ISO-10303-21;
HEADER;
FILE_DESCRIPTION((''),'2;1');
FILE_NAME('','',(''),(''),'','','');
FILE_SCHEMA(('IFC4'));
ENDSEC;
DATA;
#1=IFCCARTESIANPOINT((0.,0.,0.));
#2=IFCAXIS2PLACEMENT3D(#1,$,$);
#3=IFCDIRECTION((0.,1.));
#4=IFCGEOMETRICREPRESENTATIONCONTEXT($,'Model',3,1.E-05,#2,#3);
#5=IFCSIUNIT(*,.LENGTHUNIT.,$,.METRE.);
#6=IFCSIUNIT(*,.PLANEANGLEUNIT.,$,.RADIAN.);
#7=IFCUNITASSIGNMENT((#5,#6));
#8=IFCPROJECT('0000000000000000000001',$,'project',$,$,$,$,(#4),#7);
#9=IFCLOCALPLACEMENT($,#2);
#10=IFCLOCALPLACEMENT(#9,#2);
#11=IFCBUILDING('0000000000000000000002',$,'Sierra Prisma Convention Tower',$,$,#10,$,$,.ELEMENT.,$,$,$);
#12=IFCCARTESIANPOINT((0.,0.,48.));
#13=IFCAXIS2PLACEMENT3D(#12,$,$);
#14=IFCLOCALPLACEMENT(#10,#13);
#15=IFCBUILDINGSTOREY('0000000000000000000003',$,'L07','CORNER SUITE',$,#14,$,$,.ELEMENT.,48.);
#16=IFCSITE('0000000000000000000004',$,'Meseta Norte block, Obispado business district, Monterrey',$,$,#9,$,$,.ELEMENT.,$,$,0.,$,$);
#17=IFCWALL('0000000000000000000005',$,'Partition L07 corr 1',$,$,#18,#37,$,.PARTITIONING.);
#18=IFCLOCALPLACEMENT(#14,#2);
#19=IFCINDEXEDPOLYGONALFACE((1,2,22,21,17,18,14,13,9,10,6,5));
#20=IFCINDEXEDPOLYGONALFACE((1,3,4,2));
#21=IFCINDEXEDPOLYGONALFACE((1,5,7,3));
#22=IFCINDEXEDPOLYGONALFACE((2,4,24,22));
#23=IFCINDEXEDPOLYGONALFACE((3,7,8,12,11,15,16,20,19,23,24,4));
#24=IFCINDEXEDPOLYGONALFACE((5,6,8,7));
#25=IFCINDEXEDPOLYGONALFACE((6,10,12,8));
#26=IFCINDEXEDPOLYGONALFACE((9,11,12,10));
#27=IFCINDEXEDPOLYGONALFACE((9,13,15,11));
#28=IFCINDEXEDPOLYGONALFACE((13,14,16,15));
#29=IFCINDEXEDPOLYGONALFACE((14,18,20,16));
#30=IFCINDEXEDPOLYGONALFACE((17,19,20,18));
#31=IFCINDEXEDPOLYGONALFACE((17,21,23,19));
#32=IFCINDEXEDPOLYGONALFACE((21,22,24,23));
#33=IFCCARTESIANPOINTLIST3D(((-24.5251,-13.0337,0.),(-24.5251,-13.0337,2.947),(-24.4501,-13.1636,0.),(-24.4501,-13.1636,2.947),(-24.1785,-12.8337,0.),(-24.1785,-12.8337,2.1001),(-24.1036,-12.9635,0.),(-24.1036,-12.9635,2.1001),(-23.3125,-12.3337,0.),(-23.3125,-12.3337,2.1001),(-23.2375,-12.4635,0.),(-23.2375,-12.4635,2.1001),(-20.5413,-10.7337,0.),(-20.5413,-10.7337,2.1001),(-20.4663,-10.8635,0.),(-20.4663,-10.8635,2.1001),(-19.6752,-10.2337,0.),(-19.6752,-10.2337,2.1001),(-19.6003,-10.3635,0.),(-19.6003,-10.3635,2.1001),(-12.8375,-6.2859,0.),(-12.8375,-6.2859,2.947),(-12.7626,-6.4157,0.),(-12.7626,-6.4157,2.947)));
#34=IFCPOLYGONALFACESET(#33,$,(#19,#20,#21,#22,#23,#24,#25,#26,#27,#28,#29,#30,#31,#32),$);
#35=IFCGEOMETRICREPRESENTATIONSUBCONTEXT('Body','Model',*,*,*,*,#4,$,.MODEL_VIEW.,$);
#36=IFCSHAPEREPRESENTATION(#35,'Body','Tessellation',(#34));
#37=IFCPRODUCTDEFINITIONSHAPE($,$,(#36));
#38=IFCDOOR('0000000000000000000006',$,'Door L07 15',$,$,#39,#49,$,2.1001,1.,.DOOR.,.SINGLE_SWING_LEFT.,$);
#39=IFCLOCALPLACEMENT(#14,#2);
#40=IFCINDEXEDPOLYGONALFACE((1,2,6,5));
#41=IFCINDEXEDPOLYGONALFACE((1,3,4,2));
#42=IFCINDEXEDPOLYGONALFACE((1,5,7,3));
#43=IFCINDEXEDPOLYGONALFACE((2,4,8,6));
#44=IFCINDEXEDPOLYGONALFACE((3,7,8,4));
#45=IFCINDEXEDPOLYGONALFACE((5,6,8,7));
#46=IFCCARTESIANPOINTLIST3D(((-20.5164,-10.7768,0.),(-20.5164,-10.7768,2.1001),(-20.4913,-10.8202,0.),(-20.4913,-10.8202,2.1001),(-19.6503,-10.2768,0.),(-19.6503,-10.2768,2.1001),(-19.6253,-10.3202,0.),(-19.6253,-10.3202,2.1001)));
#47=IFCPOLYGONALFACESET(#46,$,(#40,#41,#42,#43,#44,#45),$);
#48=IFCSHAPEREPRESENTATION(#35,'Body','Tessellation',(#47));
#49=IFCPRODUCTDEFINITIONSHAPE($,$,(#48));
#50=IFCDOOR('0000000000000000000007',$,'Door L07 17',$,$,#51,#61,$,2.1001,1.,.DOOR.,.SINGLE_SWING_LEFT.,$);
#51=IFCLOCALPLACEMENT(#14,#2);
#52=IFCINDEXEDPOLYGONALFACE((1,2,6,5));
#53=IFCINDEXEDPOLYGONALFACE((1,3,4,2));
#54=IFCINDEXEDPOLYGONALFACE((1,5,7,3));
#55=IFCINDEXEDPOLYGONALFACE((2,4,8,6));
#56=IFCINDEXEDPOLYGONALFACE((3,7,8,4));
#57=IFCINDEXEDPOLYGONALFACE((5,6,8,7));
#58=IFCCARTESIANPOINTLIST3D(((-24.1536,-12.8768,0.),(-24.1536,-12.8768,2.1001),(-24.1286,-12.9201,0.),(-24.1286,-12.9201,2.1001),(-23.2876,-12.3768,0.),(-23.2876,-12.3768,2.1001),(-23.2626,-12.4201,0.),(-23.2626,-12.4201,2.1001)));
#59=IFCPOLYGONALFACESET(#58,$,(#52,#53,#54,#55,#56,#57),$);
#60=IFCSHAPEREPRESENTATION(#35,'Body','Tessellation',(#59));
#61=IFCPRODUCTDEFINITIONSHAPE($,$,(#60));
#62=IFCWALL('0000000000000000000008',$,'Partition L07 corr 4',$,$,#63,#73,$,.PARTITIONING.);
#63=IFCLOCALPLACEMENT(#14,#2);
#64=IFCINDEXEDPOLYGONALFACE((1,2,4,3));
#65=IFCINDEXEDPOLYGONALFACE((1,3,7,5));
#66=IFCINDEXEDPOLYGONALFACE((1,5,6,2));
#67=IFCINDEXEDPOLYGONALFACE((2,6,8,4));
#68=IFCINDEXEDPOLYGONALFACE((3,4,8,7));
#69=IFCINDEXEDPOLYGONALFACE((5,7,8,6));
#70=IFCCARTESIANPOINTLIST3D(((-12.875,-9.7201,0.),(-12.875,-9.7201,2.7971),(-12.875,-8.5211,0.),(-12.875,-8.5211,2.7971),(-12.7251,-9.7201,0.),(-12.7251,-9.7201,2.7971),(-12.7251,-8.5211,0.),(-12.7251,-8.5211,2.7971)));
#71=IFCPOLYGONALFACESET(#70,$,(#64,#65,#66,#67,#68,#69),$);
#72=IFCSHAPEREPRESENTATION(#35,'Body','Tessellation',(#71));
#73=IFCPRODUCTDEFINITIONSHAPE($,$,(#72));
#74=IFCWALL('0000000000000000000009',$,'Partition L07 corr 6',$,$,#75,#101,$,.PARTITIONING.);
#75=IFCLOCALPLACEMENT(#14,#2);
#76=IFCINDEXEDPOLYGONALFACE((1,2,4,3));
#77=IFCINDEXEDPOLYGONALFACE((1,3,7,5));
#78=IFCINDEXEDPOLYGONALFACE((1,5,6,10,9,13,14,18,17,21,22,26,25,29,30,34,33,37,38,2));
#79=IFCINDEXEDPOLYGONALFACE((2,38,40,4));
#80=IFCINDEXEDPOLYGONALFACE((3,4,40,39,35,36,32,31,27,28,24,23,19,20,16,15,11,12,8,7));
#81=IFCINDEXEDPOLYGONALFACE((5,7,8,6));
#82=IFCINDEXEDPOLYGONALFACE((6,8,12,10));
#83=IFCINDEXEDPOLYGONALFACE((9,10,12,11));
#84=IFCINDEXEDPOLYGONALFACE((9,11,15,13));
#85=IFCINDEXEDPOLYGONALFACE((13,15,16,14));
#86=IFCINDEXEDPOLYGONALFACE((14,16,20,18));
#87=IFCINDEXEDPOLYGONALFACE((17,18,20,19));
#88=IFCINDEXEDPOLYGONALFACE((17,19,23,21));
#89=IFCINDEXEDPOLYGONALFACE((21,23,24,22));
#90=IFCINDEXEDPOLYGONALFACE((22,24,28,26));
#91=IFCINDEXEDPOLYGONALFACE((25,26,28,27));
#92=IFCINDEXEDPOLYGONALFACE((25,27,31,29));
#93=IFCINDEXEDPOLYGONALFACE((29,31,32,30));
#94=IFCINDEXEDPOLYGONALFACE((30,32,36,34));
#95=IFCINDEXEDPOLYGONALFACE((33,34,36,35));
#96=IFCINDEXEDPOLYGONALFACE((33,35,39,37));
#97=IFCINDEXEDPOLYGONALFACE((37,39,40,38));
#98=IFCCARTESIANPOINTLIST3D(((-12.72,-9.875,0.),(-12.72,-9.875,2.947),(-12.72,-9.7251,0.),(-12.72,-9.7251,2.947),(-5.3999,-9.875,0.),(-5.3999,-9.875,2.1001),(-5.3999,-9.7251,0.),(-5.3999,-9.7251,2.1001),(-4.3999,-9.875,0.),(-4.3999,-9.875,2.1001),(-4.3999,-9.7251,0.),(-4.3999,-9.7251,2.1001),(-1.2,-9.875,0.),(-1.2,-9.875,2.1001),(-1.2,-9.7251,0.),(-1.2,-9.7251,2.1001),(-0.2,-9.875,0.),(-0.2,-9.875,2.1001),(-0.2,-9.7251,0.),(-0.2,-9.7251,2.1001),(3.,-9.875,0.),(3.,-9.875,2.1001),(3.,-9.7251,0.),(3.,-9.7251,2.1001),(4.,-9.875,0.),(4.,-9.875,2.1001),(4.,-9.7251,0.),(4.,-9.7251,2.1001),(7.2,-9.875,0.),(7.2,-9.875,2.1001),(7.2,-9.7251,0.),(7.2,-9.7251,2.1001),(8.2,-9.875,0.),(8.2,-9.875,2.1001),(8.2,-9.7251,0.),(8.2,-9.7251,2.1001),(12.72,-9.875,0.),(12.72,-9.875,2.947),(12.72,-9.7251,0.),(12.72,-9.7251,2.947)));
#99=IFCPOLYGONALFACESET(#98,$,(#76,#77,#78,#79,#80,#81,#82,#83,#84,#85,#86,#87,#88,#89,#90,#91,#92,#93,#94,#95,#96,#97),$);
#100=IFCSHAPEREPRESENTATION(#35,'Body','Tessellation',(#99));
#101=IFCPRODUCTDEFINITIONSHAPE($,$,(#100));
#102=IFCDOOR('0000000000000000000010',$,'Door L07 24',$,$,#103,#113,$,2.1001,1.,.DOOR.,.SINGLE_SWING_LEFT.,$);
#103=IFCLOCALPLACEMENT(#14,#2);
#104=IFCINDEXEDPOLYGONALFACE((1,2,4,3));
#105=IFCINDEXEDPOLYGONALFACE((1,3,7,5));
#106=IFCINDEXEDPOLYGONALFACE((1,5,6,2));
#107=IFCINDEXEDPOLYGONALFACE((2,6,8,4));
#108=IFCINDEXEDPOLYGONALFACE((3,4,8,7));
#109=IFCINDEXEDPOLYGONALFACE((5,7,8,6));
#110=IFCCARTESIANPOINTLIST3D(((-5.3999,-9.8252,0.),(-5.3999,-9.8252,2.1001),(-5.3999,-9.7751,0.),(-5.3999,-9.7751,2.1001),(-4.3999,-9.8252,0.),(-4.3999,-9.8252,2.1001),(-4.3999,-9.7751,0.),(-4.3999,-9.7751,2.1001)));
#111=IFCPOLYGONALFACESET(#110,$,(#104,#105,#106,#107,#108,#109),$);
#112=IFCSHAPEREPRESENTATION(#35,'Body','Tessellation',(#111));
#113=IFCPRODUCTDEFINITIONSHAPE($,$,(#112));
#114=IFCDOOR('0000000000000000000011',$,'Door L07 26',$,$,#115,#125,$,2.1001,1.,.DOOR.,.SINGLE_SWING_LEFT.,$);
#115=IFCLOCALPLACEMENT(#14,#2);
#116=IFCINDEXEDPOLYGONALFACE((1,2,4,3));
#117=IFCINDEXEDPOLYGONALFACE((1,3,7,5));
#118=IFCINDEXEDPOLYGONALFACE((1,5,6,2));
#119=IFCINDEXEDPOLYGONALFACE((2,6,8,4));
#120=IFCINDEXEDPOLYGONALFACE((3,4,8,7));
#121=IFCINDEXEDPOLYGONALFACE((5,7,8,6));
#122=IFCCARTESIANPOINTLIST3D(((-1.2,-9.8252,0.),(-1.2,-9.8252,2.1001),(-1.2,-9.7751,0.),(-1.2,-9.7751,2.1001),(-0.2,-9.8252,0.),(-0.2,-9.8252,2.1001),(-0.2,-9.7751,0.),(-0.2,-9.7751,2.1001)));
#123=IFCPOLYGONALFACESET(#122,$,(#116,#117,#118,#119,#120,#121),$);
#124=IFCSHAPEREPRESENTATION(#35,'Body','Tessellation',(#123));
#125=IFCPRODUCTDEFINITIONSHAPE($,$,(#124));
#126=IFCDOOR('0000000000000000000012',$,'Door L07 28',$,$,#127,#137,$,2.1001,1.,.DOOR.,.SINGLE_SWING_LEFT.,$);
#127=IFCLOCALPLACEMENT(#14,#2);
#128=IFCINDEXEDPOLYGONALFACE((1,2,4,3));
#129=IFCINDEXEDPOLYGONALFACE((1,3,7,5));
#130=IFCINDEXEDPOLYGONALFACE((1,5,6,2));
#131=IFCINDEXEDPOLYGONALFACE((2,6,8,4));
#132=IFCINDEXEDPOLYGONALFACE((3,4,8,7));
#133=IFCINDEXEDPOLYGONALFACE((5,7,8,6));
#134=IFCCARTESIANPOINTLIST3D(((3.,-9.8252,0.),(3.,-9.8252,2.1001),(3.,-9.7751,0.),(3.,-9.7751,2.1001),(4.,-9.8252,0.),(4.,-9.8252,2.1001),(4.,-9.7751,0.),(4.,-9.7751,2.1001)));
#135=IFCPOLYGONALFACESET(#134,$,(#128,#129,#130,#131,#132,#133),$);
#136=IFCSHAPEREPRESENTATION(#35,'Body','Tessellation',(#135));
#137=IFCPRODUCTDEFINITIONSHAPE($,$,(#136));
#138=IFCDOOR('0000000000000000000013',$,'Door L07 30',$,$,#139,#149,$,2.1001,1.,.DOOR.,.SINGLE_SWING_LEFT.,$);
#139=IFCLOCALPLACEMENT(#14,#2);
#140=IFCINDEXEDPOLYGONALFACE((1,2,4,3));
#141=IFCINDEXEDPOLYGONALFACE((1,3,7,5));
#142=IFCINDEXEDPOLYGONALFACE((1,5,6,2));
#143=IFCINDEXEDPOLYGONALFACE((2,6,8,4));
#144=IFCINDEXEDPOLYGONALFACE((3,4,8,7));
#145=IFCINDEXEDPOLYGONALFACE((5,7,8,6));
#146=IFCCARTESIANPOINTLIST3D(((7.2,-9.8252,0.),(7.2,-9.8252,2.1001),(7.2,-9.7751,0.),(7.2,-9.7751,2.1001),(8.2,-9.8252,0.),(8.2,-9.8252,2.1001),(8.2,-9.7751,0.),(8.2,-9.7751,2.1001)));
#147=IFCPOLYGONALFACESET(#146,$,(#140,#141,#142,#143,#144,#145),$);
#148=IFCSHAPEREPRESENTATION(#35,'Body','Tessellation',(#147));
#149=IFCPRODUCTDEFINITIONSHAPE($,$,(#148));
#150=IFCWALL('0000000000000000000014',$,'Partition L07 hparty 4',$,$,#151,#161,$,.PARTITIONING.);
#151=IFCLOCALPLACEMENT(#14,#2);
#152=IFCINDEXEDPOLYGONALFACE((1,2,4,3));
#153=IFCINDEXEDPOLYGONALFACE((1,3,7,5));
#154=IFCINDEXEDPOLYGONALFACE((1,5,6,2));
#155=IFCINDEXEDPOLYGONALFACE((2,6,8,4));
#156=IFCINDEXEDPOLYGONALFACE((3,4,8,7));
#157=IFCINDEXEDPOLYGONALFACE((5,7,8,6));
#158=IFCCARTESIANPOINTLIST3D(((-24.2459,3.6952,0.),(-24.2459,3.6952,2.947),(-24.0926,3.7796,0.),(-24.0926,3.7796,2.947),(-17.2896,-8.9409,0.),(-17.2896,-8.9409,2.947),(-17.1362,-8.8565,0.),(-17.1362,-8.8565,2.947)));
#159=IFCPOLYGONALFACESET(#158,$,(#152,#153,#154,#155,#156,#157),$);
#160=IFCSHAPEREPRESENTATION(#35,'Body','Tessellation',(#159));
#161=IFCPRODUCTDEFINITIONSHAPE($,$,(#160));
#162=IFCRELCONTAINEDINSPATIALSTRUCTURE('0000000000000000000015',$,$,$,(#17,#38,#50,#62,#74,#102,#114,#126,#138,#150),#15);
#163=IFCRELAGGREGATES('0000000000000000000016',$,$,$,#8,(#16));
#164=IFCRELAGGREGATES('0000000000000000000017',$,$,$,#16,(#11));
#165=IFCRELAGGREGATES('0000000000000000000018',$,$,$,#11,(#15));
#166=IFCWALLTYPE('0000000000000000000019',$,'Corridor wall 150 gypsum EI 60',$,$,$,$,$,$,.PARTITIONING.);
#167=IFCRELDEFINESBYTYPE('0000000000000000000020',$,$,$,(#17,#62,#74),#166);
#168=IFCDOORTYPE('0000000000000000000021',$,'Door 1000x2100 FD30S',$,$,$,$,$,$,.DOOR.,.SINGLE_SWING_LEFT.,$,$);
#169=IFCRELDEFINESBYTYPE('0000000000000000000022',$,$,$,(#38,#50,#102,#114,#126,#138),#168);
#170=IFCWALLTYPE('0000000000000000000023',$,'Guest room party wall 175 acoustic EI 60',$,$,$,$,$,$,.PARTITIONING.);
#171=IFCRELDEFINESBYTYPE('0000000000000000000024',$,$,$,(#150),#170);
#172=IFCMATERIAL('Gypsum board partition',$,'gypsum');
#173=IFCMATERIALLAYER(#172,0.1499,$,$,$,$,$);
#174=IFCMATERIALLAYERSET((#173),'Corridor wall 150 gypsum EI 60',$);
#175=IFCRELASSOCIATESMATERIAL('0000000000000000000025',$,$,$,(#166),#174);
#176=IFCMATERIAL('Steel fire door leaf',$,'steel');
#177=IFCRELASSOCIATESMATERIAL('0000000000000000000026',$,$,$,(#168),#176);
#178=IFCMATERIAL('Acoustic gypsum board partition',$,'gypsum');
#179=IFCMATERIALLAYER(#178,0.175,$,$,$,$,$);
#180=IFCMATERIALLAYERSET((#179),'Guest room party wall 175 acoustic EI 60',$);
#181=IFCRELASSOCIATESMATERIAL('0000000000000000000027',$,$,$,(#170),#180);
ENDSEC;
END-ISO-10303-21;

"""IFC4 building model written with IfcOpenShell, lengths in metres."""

from ifc_helpers import new_model, si_unit, direction, frame, frame_2d, origin, place, context, subcontext, project, spatial, rectangle, extrude, material, layer, layer_set, type_object, element, fill, save


model = new_model("IFC4")

# Units and contexts
model_context = context("Model", 3, precision=1e-05, world=origin(), true_north=direction((0.0, 1.0)))
body_context = subcontext(model_context, "Body", "Model", "MODEL_VIEW")
ifc_project = project(units=[si_unit("LENGTHUNIT", "METRE"), si_unit("PLANEANGLEUNIT", "RADIAN")], contexts=[model_context])

# Site, building, storey
site_placement = place(None, origin())
site = spatial("IfcSite", under=ifc_project, at=site_placement, Name="Meseta Norte block, Obispado business district, Monterrey", CompositionType="ELEMENT", RefElevation=0.0)
building_placement = place(site_placement, origin())
building = spatial("IfcBuilding", under=site, at=building_placement, Name="Sierra Prisma Convention Tower", CompositionType="ELEMENT")
storey_placement = place(building_placement, frame((0.0, 0.0, 48.0)))
storey = spatial("IfcBuildingStorey", under=building, at=storey_placement, Name="L07", Description="CORNER SUITE", CompositionType="ELEMENT", Elevation=48.0)

# Wall, openings, doors
ifc_material_1 = material(Name="Gypsum board partition", Category="gypsum")
ifc_layer_1 = layer(ifc_material_1, 0.1499)
ifc_layer_set_1 = layer_set([ifc_layer_1], Name="Corridor wall 150 gypsum EI 60")
wall_type_1 = type_object("IfcWallType", Name="Corridor wall 150 gypsum EI 60", PredefinedType="PARTITIONING", material=ifc_layer_set_1)
wall_1_placement = place(storey_placement, frame((-12.8, -6.3508, 0.0), z_axis=(0.0, 0.0, 1.0), x_axis=(-0.866025, -0.500001, 0.0)))
wall_1 = element("IfcWall", 1, at=wall_1_placement, inside=storey, type_object=wall_type_1, Name="Partition L07 corr 1", PredefinedType="PARTITIONING", context=body_context, shape_type="SweptSolid", body=[
    extrude(rectangle(XDim=13.4956, YDim=0.1499, at=frame_2d((6.7478, 0.0))), origin(), (0.0, 0.0, 1.0), 2.947),
])
opening_1_placement = place(wall_1_placement, frame((7.8955, 0.0, 0.0)))
opening_1 = element("IfcOpeningElement", 2, at=opening_1_placement, cuts=wall_1, PredefinedType="OPENING", context=body_context, shape_type="SweptSolid", body=[
    extrude(rectangle(XDim=1.0, YDim=2.1001, at=frame_2d((0.5, 1.05))), frame((0.0, 0.075, 0.0), z_axis=(0.0, -1.0, 0.0), x_axis=(1.0, 0.0, 0.0)), (0.0, 0.0, 1.0), 0.1499),
])
opening_2_placement = place(wall_1_placement, frame((12.0955, 0.0, 0.0)))
opening_2 = element("IfcOpeningElement", 3, at=opening_2_placement, cuts=wall_1, PredefinedType="OPENING", context=body_context, shape_type="SweptSolid", body=[
    extrude(rectangle(XDim=1.0, YDim=2.1001, at=frame_2d((0.5, 1.05))), frame((0.0, 0.075, 0.0), z_axis=(0.0, -1.0, 0.0), x_axis=(1.0, 0.0, 0.0)), (0.0, 0.0, 1.0), 0.1499),
])
ifc_material_2 = material(Name="Steel fire door leaf", Category="steel")
door_type_1 = type_object("IfcDoorType", Name="Door 1000x2100 FD30S", OperationType="SINGLE_SWING_LEFT", PredefinedType="DOOR", material=ifc_material_2)
door_1_placement = place(opening_1_placement, origin())
door_1 = element("IfcDoor", 4, at=door_1_placement, inside=storey, type_object=door_type_1, Name="Door L07 15", OperationType="SINGLE_SWING_LEFT", OverallHeight=2.1001, OverallWidth=1.0, PredefinedType="DOOR", context=body_context, shape_type="SweptSolid", body=[
    extrude(rectangle(XDim=1.0, YDim=2.1001, at=frame_2d((0.5, 1.05))), frame((0.0, 0.0249, 0.0), z_axis=(0.0, -1.0, 0.0), x_axis=(1.0, 0.0, 0.0)), (0.0, 0.0, 1.0), 0.05),
])
fill(opening_1, door_1)
door_2_placement = place(opening_2_placement, origin())
door_2 = element("IfcDoor", 5, at=door_2_placement, inside=storey, type_object=door_type_1, Name="Door L07 17", OperationType="SINGLE_SWING_LEFT", OverallHeight=2.1001, OverallWidth=1.0, PredefinedType="DOOR", context=body_context, shape_type="SweptSolid", body=[
    extrude(rectangle(XDim=1.0, YDim=2.1001, at=frame_2d((0.5, 1.05))), frame((0.0, 0.0249, 0.0), z_axis=(0.0, -1.0, 0.0), x_axis=(1.0, 0.0, 0.0)), (0.0, 0.0, 1.0), 0.05),
])
fill(opening_2, door_2)

# Wall
wall_2_placement = place(storey_placement, frame((-12.8, -8.521, 0.0), z_axis=(0.0, 0.0, 1.0), x_axis=(0.0, -1.0, 0.0)))
element("IfcWall", 6, at=wall_2_placement, inside=storey, type_object=wall_type_1, Name="Partition L07 corr 4", PredefinedType="PARTITIONING", context=body_context, shape_type="SweptSolid", body=[
    extrude(rectangle(XDim=1.199, YDim=0.1499, at=frame_2d((0.5996, 0.0))), origin(), (0.0, 0.0, 1.0), 2.7971),
])

# Wall, openings, doors
wall_3_placement = place(storey_placement, frame((-12.72, -9.8, 0.0), z_axis=(0.0, 0.0, 1.0), x_axis=(1.0, 0.0, 0.0)))
wall_3 = element("IfcWall", 7, at=wall_3_placement, inside=storey, type_object=wall_type_1, Name="Partition L07 corr 6", PredefinedType="PARTITIONING", context=body_context, shape_type="SweptSolid", body=[
    extrude(rectangle(XDim=25.4399, YDim=0.1499, at=frame_2d((12.72, 0.0))), origin(), (0.0, 0.0, 1.0), 2.947),
])
opening_3_placement = place(wall_3_placement, frame((7.3201, 0.0, 0.0)))
opening_3 = element("IfcOpeningElement", 8, at=opening_3_placement, cuts=wall_3, PredefinedType="OPENING", context=body_context, shape_type="SweptSolid", body=[
    extrude(rectangle(XDim=1.0, YDim=2.1001, at=frame_2d((0.5, 1.05))), frame((0.0, 0.075, 0.0), z_axis=(0.0, -1.0, 0.0), x_axis=(1.0, 0.0, 0.0)), (0.0, 0.0, 1.0), 0.1499),
])
opening_4_placement = place(wall_3_placement, frame((11.52, 0.0, 0.0)))
opening_4 = element("IfcOpeningElement", 9, at=opening_4_placement, cuts=wall_3, PredefinedType="OPENING", context=body_context, shape_type="SweptSolid", body=[
    extrude(rectangle(XDim=1.0, YDim=2.1001, at=frame_2d((0.5, 1.05))), frame((0.0, 0.075, 0.0), z_axis=(0.0, -1.0, 0.0), x_axis=(1.0, 0.0, 0.0)), (0.0, 0.0, 1.0), 0.1499),
])
opening_5_placement = place(wall_3_placement, frame((15.72, 0.0, 0.0)))
opening_5 = element("IfcOpeningElement", 10, at=opening_5_placement, cuts=wall_3, PredefinedType="OPENING", context=body_context, shape_type="SweptSolid", body=[
    extrude(rectangle(XDim=1.0, YDim=2.1001, at=frame_2d((0.5, 1.05))), frame((0.0, 0.075, 0.0), z_axis=(0.0, -1.0, 0.0), x_axis=(1.0, 0.0, 0.0)), (0.0, 0.0, 1.0), 0.1499),
])
opening_6_placement = place(wall_3_placement, frame((19.9199, 0.0, 0.0)))
opening_6 = element("IfcOpeningElement", 11, at=opening_6_placement, cuts=wall_3, PredefinedType="OPENING", context=body_context, shape_type="SweptSolid", body=[
    extrude(rectangle(XDim=1.0, YDim=2.1001, at=frame_2d((0.5, 1.05))), frame((0.0, 0.075, 0.0), z_axis=(0.0, -1.0, 0.0), x_axis=(1.0, 0.0, 0.0)), (0.0, 0.0, 1.0), 0.1499),
])
door_3_placement = place(opening_3_placement, origin())
door_3 = element("IfcDoor", 12, at=door_3_placement, inside=storey, type_object=door_type_1, Name="Door L07 24", OperationType="SINGLE_SWING_LEFT", OverallHeight=2.1001, OverallWidth=1.0, PredefinedType="DOOR", context=body_context, shape_type="SweptSolid", body=[
    extrude(rectangle(XDim=1.0, YDim=2.1001, at=frame_2d((0.5, 1.05))), frame((0.0, 0.0249, 0.0), z_axis=(0.0, -1.0, 0.0), x_axis=(1.0, 0.0, 0.0)), (0.0, 0.0, 1.0), 0.05),
])
fill(opening_3, door_3)
door_4_placement = place(opening_4_placement, origin())
door_4 = element("IfcDoor", 13, at=door_4_placement, inside=storey, type_object=door_type_1, Name="Door L07 26", OperationType="SINGLE_SWING_LEFT", OverallHeight=2.1001, OverallWidth=1.0, PredefinedType="DOOR", context=body_context, shape_type="SweptSolid", body=[
    extrude(rectangle(XDim=1.0, YDim=2.1001, at=frame_2d((0.5, 1.05))), frame((0.0, 0.0249, 0.0), z_axis=(0.0, -1.0, 0.0), x_axis=(1.0, 0.0, 0.0)), (0.0, 0.0, 1.0), 0.05),
])
fill(opening_4, door_4)
door_5_placement = place(opening_5_placement, origin())
door_5 = element("IfcDoor", 14, at=door_5_placement, inside=storey, type_object=door_type_1, Name="Door L07 28", OperationType="SINGLE_SWING_LEFT", OverallHeight=2.1001, OverallWidth=1.0, PredefinedType="DOOR", context=body_context, shape_type="SweptSolid", body=[
    extrude(rectangle(XDim=1.0, YDim=2.1001, at=frame_2d((0.5, 1.05))), frame((0.0, 0.0249, 0.0), z_axis=(0.0, -1.0, 0.0), x_axis=(1.0, 0.0, 0.0)), (0.0, 0.0, 1.0), 0.05),
])
fill(opening_5, door_5)
door_6_placement = place(opening_6_placement, origin())
door_6 = element("IfcDoor", 15, at=door_6_placement, inside=storey, type_object=door_type_1, Name="Door L07 30", OperationType="SINGLE_SWING_LEFT", OverallHeight=2.1001, OverallWidth=1.0, PredefinedType="DOOR", context=body_context, shape_type="SweptSolid", body=[
    extrude(rectangle(XDim=1.0, YDim=2.1001, at=frame_2d((0.5, 1.05))), frame((0.0, 0.0249, 0.0), z_axis=(0.0, -1.0, 0.0), x_axis=(1.0, 0.0, 0.0)), (0.0, 0.0, 1.0), 0.05),
])
fill(opening_6, door_6)

# Wall
ifc_material_3 = material(Name="Acoustic gypsum board partition", Category="gypsum")
ifc_layer_2 = layer(ifc_material_3, 0.175)
ifc_layer_set_2 = layer_set([ifc_layer_2], Name="Guest room party wall 175 acoustic EI 60")
wall_type_2 = type_object("IfcWallType", Name="Guest room party wall 175 acoustic EI 60", PredefinedType="PARTITIONING", material=ifc_layer_set_2)
wall_4_placement = place(storey_placement, frame((-17.2129, -8.8987, 0.0), z_axis=(0.0, 0.0, 1.0), x_axis=(-0.482265, 0.876025, 0.0)))
element("IfcWall", 16, at=wall_4_placement, inside=storey, type_object=wall_type_2, Name="Partition L07 hparty 4", PredefinedType="PARTITIONING", context=body_context, shape_type="SweptSolid", body=[
    extrude(rectangle(XDim=14.4243, YDim=0.175, at=frame_2d((7.2122, 0.0))), origin(), (0.0, 0.0, 1.0), 2.947),
])

save(model, "model.ifc")
